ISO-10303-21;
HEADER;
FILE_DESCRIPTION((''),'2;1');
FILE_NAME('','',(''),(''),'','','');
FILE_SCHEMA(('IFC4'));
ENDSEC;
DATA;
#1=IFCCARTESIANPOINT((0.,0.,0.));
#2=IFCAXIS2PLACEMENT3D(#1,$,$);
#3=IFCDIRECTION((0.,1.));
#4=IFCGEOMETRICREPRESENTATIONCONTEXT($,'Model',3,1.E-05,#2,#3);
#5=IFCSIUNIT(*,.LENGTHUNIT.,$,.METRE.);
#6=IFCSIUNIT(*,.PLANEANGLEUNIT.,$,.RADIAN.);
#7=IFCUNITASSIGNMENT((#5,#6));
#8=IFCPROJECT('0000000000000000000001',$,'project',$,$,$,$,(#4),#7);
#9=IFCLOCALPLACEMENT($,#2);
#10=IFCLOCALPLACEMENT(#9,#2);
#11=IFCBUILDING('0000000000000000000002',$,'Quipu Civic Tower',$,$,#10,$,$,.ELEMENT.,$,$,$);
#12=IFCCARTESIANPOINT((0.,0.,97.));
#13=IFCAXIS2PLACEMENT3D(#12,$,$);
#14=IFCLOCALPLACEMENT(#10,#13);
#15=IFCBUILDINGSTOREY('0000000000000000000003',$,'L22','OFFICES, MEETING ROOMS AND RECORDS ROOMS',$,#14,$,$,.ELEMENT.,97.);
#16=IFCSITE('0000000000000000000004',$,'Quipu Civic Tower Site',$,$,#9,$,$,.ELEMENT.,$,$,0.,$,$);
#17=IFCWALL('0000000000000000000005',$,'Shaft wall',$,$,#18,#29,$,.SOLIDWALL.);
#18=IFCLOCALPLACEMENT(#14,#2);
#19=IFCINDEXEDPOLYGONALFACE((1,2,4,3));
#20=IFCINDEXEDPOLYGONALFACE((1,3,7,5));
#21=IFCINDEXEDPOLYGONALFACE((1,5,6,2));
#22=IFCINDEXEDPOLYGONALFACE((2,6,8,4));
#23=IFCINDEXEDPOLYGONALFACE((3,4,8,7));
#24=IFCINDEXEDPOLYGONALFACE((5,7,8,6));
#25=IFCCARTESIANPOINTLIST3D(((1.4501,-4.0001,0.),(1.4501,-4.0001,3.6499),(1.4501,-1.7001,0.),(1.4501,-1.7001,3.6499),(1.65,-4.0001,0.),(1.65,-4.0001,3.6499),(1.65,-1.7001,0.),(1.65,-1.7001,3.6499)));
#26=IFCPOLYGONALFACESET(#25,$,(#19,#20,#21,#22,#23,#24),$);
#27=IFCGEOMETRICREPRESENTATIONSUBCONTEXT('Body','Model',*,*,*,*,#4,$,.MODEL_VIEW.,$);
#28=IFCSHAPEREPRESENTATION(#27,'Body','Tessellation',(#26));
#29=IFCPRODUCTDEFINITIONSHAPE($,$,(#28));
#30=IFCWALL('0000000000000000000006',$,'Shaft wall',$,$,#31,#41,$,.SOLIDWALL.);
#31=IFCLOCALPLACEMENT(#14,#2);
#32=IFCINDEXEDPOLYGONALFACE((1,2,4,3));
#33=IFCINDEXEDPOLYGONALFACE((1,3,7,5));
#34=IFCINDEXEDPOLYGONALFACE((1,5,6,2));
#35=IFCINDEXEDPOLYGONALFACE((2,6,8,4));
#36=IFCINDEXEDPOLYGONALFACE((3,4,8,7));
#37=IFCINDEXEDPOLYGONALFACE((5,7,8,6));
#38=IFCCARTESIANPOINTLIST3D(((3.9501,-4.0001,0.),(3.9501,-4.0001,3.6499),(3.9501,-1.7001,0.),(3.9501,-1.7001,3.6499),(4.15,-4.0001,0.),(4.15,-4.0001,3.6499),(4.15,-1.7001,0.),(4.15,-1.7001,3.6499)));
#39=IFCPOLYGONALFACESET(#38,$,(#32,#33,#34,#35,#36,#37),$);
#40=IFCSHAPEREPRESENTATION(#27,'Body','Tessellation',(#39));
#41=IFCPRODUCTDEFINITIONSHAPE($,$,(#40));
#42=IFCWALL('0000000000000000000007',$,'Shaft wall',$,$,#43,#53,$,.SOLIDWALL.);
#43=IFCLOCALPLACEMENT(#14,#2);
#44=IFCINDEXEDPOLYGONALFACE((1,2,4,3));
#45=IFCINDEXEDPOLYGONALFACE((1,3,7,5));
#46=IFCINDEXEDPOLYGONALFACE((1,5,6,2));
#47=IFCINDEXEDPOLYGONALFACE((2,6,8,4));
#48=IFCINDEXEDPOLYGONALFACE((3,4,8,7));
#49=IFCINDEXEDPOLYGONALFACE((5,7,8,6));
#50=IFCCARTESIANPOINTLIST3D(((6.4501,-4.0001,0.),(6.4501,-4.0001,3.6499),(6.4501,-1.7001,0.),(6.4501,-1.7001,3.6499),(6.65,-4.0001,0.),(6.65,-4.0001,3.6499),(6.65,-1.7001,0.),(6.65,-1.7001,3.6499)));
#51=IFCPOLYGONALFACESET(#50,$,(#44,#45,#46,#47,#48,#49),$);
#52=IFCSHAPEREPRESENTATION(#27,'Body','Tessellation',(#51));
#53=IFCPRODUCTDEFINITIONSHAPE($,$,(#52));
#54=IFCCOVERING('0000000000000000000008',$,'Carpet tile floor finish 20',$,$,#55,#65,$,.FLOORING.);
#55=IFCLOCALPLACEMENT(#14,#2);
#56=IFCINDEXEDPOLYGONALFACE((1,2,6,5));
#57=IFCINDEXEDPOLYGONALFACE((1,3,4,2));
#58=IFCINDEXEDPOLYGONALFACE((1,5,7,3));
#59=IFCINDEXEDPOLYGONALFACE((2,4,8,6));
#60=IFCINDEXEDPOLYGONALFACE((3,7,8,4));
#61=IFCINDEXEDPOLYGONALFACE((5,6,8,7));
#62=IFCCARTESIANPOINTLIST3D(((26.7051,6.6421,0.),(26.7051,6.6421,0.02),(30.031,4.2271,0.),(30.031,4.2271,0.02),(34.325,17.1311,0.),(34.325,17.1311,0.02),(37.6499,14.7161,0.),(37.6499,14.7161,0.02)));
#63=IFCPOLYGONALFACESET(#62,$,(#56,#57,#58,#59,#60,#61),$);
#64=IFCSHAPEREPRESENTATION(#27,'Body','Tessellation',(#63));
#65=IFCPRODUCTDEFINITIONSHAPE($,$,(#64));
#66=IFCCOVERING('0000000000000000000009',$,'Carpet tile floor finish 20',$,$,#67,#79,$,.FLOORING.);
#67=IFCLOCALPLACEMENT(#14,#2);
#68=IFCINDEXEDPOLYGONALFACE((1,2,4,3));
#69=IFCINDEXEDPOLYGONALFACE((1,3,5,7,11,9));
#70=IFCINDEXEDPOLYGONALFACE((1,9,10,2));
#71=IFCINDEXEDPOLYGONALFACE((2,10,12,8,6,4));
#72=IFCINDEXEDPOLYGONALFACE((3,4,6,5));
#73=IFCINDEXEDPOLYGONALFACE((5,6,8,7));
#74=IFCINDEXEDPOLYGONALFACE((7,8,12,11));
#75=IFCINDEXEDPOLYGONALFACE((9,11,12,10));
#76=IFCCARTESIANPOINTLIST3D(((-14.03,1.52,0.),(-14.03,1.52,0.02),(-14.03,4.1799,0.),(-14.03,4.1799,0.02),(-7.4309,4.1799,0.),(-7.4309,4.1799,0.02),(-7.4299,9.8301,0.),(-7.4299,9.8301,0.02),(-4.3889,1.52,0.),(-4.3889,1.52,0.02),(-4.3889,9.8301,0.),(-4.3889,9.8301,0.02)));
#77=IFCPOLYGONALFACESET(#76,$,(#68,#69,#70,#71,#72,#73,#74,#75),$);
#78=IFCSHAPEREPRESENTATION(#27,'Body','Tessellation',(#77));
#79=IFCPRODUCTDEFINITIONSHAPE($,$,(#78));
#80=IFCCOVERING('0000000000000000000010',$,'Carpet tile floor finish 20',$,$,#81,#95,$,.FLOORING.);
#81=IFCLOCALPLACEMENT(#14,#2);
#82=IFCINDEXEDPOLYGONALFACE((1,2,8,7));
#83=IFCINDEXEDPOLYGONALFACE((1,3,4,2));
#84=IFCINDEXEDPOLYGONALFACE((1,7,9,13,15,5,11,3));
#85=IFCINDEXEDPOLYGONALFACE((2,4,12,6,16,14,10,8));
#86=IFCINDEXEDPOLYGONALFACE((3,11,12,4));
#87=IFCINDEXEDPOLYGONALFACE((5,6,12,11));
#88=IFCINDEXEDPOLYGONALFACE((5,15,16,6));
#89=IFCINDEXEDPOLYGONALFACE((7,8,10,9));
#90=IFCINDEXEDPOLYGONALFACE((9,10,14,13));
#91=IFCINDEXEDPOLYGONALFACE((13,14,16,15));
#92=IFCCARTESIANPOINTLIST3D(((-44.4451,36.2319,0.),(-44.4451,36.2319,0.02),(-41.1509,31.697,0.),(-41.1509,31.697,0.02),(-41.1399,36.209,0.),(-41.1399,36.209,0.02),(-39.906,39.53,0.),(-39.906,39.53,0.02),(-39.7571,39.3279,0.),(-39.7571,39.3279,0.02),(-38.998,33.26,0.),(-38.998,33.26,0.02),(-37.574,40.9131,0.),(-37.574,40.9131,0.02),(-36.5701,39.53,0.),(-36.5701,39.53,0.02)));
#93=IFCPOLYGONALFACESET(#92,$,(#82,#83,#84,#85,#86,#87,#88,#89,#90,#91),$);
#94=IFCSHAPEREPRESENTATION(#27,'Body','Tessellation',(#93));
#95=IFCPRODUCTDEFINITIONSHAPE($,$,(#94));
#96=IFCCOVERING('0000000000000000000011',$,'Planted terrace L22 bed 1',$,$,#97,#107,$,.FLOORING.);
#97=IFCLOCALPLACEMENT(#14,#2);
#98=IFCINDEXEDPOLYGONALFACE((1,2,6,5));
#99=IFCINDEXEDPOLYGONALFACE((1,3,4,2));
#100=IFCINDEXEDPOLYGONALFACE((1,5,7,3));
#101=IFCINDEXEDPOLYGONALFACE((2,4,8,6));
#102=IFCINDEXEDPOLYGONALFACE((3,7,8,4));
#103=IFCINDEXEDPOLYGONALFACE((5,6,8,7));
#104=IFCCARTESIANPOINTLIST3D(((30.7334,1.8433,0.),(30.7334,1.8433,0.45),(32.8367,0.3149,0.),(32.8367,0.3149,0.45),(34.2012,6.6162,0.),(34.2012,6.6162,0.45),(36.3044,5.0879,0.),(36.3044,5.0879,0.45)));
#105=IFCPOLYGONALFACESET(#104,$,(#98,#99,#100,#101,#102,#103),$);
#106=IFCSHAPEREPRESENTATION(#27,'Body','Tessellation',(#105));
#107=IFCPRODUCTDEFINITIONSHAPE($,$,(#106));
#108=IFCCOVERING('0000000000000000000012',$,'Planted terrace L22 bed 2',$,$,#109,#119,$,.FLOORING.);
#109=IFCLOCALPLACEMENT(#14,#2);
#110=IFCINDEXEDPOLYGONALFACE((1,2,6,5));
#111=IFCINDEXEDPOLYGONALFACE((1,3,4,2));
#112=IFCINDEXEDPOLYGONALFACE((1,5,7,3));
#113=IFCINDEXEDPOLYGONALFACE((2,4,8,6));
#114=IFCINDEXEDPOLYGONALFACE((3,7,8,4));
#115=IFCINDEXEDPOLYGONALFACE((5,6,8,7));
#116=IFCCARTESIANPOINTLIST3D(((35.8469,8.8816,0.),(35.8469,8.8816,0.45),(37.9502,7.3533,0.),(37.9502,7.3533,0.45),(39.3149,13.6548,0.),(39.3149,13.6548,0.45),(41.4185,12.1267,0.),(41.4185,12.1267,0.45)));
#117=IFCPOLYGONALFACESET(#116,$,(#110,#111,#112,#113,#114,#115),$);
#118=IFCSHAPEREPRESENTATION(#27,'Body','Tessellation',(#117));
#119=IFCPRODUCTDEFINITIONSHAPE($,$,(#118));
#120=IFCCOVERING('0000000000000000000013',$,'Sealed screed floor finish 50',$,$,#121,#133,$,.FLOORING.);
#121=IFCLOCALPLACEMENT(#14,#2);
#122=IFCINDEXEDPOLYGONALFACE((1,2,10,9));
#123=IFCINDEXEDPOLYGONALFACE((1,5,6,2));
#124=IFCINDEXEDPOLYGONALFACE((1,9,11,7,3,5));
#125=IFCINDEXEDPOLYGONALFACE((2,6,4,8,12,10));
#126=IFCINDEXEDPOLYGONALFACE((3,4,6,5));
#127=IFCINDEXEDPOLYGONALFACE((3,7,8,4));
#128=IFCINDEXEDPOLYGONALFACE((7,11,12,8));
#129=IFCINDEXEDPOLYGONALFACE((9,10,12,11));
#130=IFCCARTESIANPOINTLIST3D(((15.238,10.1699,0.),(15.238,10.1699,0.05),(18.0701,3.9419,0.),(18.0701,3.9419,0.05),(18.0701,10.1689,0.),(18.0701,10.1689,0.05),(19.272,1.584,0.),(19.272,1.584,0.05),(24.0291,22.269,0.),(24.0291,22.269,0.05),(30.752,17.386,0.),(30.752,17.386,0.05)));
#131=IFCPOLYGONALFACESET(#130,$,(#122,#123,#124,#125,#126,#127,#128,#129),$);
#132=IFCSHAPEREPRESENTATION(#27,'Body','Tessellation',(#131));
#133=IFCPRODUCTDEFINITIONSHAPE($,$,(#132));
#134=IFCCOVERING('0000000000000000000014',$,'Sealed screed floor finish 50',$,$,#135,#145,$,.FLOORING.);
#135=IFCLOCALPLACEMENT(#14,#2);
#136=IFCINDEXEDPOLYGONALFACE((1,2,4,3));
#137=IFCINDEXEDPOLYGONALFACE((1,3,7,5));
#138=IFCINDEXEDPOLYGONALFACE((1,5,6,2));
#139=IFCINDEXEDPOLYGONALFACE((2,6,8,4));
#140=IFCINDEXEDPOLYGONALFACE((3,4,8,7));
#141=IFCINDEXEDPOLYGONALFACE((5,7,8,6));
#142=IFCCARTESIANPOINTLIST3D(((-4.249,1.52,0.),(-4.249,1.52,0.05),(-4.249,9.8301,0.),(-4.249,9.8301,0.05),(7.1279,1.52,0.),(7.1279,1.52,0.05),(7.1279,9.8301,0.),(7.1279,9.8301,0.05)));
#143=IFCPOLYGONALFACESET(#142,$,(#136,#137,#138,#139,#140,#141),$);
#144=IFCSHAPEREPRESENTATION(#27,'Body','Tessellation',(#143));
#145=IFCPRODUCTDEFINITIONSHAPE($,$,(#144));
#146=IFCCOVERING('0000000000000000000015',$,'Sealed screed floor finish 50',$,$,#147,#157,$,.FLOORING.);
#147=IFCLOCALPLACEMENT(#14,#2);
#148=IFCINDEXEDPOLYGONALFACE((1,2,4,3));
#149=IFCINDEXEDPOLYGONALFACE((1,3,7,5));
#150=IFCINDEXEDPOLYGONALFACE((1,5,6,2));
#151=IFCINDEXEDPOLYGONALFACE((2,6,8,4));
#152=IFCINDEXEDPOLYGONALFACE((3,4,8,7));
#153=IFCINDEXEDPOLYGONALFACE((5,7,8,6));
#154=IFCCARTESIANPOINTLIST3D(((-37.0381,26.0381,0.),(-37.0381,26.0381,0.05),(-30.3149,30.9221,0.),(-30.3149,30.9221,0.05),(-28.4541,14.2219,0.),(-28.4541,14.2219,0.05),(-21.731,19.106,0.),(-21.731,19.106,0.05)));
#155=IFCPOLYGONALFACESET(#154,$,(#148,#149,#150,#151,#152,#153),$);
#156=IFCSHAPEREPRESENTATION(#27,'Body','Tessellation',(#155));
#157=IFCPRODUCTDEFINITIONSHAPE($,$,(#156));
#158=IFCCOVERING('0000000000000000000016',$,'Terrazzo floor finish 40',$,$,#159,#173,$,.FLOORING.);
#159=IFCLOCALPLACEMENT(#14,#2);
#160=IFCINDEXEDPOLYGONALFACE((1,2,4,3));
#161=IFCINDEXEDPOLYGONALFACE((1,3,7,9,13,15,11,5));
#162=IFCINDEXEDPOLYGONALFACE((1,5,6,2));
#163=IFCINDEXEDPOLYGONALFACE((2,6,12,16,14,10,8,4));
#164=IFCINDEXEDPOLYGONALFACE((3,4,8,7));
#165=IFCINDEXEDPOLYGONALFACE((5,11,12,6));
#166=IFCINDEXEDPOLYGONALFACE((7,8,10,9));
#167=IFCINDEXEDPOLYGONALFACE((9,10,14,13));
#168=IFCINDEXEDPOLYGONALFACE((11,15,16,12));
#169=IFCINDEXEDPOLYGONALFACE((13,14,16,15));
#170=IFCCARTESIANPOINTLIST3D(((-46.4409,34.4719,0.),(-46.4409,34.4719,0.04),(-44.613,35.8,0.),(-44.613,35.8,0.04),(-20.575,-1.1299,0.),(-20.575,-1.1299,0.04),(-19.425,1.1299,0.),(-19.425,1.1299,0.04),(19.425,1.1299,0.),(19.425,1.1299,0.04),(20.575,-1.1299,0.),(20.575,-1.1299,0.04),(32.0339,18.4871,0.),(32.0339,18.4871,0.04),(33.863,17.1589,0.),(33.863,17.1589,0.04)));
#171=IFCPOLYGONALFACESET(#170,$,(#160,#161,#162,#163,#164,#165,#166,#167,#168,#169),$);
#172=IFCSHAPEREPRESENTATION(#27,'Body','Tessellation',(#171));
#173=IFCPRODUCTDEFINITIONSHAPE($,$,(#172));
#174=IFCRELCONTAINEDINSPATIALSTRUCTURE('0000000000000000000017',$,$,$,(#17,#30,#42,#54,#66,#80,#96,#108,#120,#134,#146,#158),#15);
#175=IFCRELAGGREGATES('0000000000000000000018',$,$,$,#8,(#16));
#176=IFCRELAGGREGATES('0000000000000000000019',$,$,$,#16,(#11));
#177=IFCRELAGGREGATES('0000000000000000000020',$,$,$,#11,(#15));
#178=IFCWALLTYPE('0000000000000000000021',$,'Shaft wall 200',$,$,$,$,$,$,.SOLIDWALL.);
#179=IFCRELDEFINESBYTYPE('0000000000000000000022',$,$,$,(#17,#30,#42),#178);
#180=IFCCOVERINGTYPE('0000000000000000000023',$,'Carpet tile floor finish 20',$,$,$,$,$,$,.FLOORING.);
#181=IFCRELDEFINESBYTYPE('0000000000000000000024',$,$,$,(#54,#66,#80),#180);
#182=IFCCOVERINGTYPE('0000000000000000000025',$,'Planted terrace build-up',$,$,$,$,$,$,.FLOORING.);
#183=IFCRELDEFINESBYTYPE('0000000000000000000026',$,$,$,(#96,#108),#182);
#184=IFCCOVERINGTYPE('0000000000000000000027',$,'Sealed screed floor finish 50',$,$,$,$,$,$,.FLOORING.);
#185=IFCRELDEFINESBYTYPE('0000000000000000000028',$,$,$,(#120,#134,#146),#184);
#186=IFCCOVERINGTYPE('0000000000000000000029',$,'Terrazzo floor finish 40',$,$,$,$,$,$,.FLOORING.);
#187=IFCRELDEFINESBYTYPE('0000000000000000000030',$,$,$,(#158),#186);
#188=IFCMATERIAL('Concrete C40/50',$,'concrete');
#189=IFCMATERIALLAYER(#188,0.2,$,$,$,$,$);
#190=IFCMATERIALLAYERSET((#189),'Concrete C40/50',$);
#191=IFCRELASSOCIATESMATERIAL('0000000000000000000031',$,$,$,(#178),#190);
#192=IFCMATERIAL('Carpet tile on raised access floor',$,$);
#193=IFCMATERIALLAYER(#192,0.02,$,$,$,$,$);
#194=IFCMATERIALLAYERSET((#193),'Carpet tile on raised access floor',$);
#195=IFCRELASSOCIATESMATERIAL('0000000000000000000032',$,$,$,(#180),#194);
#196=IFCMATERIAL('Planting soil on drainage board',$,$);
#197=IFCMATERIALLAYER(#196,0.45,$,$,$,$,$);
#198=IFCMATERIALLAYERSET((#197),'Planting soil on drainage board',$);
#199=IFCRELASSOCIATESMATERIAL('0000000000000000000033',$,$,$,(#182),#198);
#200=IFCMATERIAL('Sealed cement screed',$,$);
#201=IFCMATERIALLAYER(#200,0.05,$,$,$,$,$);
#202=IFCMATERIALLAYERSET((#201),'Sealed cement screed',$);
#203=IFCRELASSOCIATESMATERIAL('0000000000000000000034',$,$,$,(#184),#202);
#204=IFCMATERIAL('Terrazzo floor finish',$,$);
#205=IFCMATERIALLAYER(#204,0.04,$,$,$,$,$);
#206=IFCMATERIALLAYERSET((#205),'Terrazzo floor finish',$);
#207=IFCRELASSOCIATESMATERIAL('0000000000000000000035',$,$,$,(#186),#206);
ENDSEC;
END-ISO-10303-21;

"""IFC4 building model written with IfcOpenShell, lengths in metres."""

from ifc_helpers import new_model, si_unit, direction, frame, frame_2d, origin, place, context, subcontext, project, spatial, polyline, rectangle, outline, extrude, material, layer, layer_set, type_object, element, save


model = new_model("IFC4")

# Units and contexts
model_context = context("Model", 3, precision=1e-05, world=origin(), true_north=direction((0.0, 1.0)))
body_context = subcontext(model_context, "Body", "Model", "MODEL_VIEW")
ifc_project = project(units=[si_unit("LENGTHUNIT", "METRE"), si_unit("PLANEANGLEUNIT", "RADIAN")], contexts=[model_context])

# Site, building, storey
site_placement = place(None, origin())
site = spatial("IfcSite", under=ifc_project, at=site_placement, Name="Quipu Civic Tower Site", CompositionType="ELEMENT", RefElevation=0.0)
building_placement = place(site_placement, origin())
building = spatial("IfcBuilding", under=site, at=building_placement, Name="Quipu Civic Tower", CompositionType="ELEMENT")
storey_placement = place(building_placement, frame((0.0, 0.0, 97.0)))
storey = spatial("IfcBuildingStorey", under=building, at=storey_placement, Name="L22", Description="OFFICES, MEETING ROOMS AND RECORDS ROOMS", CompositionType="ELEMENT", Elevation=97.0)

# Walls
ifc_material_1 = material(Name="Concrete C40/50", Category="concrete")
ifc_layer_1 = layer(ifc_material_1, 0.2)
ifc_layer_set_1 = layer_set([ifc_layer_1], Name="Concrete C40/50")
wall_type_1 = type_object("IfcWallType", Name="Shaft wall 200", PredefinedType="SOLIDWALL", material=ifc_layer_set_1)
for number, where, z_axis, x_axis, name in (
    (1, (1.55, -4.0, 0.0), (0.0, 0.0, 1.0), (0.0, 1.0, 0.0), "Shaft wall"),
    (2, (4.05, -4.0, 0.0), (0.0, 0.0, 1.0), (0.0, 1.0, 0.0), "Shaft wall"),
    (3, (6.55, -4.0, 0.0), (0.0, 0.0, 1.0), (0.0, 1.0, 0.0), "Shaft wall"),
):
    element("IfcWall", number, at=place(storey_placement, frame(where, z_axis=z_axis, x_axis=x_axis)), inside=storey, type_object=wall_type_1, Name=name, PredefinedType="SOLIDWALL", context=body_context, shape_type="SweptSolid", body=[
        extrude(rectangle(XDim=2.3, YDim=0.2, at=frame_2d((1.1499, 0.0))), origin(), (0.0, 0.0, 1.0), 3.6499),
    ])

# Coverings
ifc_material_2 = material(Name="Carpet tile on raised access floor")
ifc_layer_2 = layer(ifc_material_2, 0.02)
ifc_layer_set_2 = layer_set([ifc_layer_2], Name="Carpet tile on raised access floor")
covering_type_1 = type_object("IfcCoveringType", Name="Carpet tile floor finish 20", PredefinedType="FLOORING", material=ifc_layer_set_2)
covering_1_placement = place(storey_placement, origin())
element("IfcCovering", 4, at=covering_1_placement, inside=storey, type_object=covering_type_1, Name="Carpet tile floor finish 20", PredefinedType="FLOORING", context=body_context, shape_type="SweptSolid", body=[
    extrude(outline(polyline([(26.7051, 6.6421), (34.325, 17.1311), (37.6499, 14.7161), (30.031, 4.2271), (26.7051, 6.6421)])), origin(), (0.0, 0.0, 1.0), 0.02),
])
covering_2_placement = place(storey_placement, origin())
element("IfcCovering", 5, at=covering_2_placement, inside=storey, type_object=covering_type_1, Name="Carpet tile floor finish 20", PredefinedType="FLOORING", context=body_context, shape_type="SweptSolid", body=[
    extrude(outline(polyline([(-14.03, 4.1799), (-7.4309, 4.1799), (-7.4299, 9.8301), (-4.3889, 9.8301), (-4.3889, 1.52), (-14.03, 1.52), (-14.03, 4.1799)])), origin(), (0.0, 0.0, 1.0), 0.02),
])
covering_3_placement = place(storey_placement, origin())
element("IfcCovering", 6, at=covering_3_placement, inside=storey, type_object=covering_type_1, Name="Carpet tile floor finish 20", PredefinedType="FLOORING", context=body_context, shape_type="SweptSolid", body=[
    extrude(outline(polyline([(-44.4451, 36.2319), (-39.906, 39.53), (-39.7571, 39.3279), (-37.574, 40.9131), (-36.5701, 39.53), (-41.1399, 36.209), (-38.998, 33.26), (-41.1509, 31.697), (-44.4451, 36.2319)])), origin(), (0.0, 0.0, 1.0), 0.02),
])
ifc_material_3 = material(Name="Planting soil on drainage board")
ifc_layer_3 = layer(ifc_material_3, 0.45)
ifc_layer_set_3 = layer_set([ifc_layer_3], Name="Planting soil on drainage board")
covering_type_2 = type_object("IfcCoveringType", Name="Planted terrace build-up", PredefinedType="FLOORING", material=ifc_layer_set_3)
covering_4_placement = place(storey_placement, origin())
element("IfcCovering", 7, at=covering_4_placement, inside=storey, type_object=covering_type_2, Name="Planted terrace L22 bed 1", PredefinedType="FLOORING", context=body_context, shape_type="SweptSolid", body=[
    extrude(outline(polyline([(34.2012, 6.6162), (36.3044, 5.0879), (32.8367, 0.3149), (30.7334, 1.8433), (34.2012, 6.6162)])), origin(), (0.0, 0.0, 1.0), 0.45),
])
covering_5_placement = place(storey_placement, origin())
element("IfcCovering", 8, at=covering_5_placement, inside=storey, type_object=covering_type_2, Name="Planted terrace L22 bed 2", PredefinedType="FLOORING", context=body_context, shape_type="SweptSolid", body=[
    extrude(outline(polyline([(39.3149, 13.6548), (41.4185, 12.1267), (37.9502, 7.3533), (35.8469, 8.8816), (39.3149, 13.6548)])), origin(), (0.0, 0.0, 1.0), 0.45),
])
ifc_material_4 = material(Name="Sealed cement screed")
ifc_layer_4 = layer(ifc_material_4, 0.05)
ifc_layer_set_4 = layer_set([ifc_layer_4], Name="Sealed cement screed")
covering_type_3 = type_object("IfcCoveringType", Name="Sealed screed floor finish 50", PredefinedType="FLOORING", material=ifc_layer_set_4)
covering_6_placement = place(storey_placement, origin())
element("IfcCovering", 9, at=covering_6_placement, inside=storey, type_object=covering_type_3, Name="Sealed screed floor finish 50", PredefinedType="FLOORING", context=body_context, shape_type="SweptSolid", body=[
    extrude(outline(polyline([(15.238, 10.1699), (24.0291, 22.269), (30.752, 17.386), (19.272, 1.584), (18.0701, 3.9419), (18.0701, 10.1689), (15.238, 10.1699)])), origin(), (0.0, 0.0, 1.0), 0.05),
])
covering_7_placement = place(storey_placement, origin())
element("IfcCovering", 10, at=covering_7_placement, inside=storey, type_object=covering_type_3, Name="Sealed screed floor finish 50", PredefinedType="FLOORING", context=body_context, shape_type="SweptSolid", body=[
    extrude(outline(polyline([(-4.249, 1.52), (-4.249, 9.8301), (7.1279, 9.8301), (7.1279, 1.52), (-4.249, 1.52)])), origin(), (0.0, 0.0, 1.0), 0.05),
])
covering_8_placement = place(storey_placement, origin())
element("IfcCovering", 11, at=covering_8_placement, inside=storey, type_object=covering_type_3, Name="Sealed screed floor finish 50", PredefinedType="FLOORING", context=body_context, shape_type="SweptSolid", body=[
    extrude(outline(polyline([(-37.0381, 26.0381), (-30.3149, 30.9221), (-21.731, 19.106), (-28.4541, 14.2219), (-37.0381, 26.0381)])), origin(), (0.0, 0.0, 1.0), 0.05),
])
ifc_material_5 = material(Name="Terrazzo floor finish")
ifc_layer_5 = layer(ifc_material_5, 0.04)
ifc_layer_set_5 = layer_set([ifc_layer_5], Name="Terrazzo floor finish")
covering_type_4 = type_object("IfcCoveringType", Name="Terrazzo floor finish 40", PredefinedType="FLOORING", material=ifc_layer_set_5)
covering_9_placement = place(storey_placement, origin())
element("IfcCovering", 12, at=covering_9_placement, inside=storey, type_object=covering_type_4, Name="Terrazzo floor finish 40", PredefinedType="FLOORING", context=body_context, shape_type="SweptSolid", body=[
    extrude(outline(polyline([(20.575, -1.1299), (-20.575, -1.1299), (-46.4409, 34.4719), (-44.613, 35.8), (-19.425, 1.1299), (19.425, 1.1299), (32.0339, 18.4871), (33.863, 17.1589), (20.575, -1.1299)])), origin(), (0.0, 0.0, 1.0), 0.04),
])

save(model, "model.ifc")
